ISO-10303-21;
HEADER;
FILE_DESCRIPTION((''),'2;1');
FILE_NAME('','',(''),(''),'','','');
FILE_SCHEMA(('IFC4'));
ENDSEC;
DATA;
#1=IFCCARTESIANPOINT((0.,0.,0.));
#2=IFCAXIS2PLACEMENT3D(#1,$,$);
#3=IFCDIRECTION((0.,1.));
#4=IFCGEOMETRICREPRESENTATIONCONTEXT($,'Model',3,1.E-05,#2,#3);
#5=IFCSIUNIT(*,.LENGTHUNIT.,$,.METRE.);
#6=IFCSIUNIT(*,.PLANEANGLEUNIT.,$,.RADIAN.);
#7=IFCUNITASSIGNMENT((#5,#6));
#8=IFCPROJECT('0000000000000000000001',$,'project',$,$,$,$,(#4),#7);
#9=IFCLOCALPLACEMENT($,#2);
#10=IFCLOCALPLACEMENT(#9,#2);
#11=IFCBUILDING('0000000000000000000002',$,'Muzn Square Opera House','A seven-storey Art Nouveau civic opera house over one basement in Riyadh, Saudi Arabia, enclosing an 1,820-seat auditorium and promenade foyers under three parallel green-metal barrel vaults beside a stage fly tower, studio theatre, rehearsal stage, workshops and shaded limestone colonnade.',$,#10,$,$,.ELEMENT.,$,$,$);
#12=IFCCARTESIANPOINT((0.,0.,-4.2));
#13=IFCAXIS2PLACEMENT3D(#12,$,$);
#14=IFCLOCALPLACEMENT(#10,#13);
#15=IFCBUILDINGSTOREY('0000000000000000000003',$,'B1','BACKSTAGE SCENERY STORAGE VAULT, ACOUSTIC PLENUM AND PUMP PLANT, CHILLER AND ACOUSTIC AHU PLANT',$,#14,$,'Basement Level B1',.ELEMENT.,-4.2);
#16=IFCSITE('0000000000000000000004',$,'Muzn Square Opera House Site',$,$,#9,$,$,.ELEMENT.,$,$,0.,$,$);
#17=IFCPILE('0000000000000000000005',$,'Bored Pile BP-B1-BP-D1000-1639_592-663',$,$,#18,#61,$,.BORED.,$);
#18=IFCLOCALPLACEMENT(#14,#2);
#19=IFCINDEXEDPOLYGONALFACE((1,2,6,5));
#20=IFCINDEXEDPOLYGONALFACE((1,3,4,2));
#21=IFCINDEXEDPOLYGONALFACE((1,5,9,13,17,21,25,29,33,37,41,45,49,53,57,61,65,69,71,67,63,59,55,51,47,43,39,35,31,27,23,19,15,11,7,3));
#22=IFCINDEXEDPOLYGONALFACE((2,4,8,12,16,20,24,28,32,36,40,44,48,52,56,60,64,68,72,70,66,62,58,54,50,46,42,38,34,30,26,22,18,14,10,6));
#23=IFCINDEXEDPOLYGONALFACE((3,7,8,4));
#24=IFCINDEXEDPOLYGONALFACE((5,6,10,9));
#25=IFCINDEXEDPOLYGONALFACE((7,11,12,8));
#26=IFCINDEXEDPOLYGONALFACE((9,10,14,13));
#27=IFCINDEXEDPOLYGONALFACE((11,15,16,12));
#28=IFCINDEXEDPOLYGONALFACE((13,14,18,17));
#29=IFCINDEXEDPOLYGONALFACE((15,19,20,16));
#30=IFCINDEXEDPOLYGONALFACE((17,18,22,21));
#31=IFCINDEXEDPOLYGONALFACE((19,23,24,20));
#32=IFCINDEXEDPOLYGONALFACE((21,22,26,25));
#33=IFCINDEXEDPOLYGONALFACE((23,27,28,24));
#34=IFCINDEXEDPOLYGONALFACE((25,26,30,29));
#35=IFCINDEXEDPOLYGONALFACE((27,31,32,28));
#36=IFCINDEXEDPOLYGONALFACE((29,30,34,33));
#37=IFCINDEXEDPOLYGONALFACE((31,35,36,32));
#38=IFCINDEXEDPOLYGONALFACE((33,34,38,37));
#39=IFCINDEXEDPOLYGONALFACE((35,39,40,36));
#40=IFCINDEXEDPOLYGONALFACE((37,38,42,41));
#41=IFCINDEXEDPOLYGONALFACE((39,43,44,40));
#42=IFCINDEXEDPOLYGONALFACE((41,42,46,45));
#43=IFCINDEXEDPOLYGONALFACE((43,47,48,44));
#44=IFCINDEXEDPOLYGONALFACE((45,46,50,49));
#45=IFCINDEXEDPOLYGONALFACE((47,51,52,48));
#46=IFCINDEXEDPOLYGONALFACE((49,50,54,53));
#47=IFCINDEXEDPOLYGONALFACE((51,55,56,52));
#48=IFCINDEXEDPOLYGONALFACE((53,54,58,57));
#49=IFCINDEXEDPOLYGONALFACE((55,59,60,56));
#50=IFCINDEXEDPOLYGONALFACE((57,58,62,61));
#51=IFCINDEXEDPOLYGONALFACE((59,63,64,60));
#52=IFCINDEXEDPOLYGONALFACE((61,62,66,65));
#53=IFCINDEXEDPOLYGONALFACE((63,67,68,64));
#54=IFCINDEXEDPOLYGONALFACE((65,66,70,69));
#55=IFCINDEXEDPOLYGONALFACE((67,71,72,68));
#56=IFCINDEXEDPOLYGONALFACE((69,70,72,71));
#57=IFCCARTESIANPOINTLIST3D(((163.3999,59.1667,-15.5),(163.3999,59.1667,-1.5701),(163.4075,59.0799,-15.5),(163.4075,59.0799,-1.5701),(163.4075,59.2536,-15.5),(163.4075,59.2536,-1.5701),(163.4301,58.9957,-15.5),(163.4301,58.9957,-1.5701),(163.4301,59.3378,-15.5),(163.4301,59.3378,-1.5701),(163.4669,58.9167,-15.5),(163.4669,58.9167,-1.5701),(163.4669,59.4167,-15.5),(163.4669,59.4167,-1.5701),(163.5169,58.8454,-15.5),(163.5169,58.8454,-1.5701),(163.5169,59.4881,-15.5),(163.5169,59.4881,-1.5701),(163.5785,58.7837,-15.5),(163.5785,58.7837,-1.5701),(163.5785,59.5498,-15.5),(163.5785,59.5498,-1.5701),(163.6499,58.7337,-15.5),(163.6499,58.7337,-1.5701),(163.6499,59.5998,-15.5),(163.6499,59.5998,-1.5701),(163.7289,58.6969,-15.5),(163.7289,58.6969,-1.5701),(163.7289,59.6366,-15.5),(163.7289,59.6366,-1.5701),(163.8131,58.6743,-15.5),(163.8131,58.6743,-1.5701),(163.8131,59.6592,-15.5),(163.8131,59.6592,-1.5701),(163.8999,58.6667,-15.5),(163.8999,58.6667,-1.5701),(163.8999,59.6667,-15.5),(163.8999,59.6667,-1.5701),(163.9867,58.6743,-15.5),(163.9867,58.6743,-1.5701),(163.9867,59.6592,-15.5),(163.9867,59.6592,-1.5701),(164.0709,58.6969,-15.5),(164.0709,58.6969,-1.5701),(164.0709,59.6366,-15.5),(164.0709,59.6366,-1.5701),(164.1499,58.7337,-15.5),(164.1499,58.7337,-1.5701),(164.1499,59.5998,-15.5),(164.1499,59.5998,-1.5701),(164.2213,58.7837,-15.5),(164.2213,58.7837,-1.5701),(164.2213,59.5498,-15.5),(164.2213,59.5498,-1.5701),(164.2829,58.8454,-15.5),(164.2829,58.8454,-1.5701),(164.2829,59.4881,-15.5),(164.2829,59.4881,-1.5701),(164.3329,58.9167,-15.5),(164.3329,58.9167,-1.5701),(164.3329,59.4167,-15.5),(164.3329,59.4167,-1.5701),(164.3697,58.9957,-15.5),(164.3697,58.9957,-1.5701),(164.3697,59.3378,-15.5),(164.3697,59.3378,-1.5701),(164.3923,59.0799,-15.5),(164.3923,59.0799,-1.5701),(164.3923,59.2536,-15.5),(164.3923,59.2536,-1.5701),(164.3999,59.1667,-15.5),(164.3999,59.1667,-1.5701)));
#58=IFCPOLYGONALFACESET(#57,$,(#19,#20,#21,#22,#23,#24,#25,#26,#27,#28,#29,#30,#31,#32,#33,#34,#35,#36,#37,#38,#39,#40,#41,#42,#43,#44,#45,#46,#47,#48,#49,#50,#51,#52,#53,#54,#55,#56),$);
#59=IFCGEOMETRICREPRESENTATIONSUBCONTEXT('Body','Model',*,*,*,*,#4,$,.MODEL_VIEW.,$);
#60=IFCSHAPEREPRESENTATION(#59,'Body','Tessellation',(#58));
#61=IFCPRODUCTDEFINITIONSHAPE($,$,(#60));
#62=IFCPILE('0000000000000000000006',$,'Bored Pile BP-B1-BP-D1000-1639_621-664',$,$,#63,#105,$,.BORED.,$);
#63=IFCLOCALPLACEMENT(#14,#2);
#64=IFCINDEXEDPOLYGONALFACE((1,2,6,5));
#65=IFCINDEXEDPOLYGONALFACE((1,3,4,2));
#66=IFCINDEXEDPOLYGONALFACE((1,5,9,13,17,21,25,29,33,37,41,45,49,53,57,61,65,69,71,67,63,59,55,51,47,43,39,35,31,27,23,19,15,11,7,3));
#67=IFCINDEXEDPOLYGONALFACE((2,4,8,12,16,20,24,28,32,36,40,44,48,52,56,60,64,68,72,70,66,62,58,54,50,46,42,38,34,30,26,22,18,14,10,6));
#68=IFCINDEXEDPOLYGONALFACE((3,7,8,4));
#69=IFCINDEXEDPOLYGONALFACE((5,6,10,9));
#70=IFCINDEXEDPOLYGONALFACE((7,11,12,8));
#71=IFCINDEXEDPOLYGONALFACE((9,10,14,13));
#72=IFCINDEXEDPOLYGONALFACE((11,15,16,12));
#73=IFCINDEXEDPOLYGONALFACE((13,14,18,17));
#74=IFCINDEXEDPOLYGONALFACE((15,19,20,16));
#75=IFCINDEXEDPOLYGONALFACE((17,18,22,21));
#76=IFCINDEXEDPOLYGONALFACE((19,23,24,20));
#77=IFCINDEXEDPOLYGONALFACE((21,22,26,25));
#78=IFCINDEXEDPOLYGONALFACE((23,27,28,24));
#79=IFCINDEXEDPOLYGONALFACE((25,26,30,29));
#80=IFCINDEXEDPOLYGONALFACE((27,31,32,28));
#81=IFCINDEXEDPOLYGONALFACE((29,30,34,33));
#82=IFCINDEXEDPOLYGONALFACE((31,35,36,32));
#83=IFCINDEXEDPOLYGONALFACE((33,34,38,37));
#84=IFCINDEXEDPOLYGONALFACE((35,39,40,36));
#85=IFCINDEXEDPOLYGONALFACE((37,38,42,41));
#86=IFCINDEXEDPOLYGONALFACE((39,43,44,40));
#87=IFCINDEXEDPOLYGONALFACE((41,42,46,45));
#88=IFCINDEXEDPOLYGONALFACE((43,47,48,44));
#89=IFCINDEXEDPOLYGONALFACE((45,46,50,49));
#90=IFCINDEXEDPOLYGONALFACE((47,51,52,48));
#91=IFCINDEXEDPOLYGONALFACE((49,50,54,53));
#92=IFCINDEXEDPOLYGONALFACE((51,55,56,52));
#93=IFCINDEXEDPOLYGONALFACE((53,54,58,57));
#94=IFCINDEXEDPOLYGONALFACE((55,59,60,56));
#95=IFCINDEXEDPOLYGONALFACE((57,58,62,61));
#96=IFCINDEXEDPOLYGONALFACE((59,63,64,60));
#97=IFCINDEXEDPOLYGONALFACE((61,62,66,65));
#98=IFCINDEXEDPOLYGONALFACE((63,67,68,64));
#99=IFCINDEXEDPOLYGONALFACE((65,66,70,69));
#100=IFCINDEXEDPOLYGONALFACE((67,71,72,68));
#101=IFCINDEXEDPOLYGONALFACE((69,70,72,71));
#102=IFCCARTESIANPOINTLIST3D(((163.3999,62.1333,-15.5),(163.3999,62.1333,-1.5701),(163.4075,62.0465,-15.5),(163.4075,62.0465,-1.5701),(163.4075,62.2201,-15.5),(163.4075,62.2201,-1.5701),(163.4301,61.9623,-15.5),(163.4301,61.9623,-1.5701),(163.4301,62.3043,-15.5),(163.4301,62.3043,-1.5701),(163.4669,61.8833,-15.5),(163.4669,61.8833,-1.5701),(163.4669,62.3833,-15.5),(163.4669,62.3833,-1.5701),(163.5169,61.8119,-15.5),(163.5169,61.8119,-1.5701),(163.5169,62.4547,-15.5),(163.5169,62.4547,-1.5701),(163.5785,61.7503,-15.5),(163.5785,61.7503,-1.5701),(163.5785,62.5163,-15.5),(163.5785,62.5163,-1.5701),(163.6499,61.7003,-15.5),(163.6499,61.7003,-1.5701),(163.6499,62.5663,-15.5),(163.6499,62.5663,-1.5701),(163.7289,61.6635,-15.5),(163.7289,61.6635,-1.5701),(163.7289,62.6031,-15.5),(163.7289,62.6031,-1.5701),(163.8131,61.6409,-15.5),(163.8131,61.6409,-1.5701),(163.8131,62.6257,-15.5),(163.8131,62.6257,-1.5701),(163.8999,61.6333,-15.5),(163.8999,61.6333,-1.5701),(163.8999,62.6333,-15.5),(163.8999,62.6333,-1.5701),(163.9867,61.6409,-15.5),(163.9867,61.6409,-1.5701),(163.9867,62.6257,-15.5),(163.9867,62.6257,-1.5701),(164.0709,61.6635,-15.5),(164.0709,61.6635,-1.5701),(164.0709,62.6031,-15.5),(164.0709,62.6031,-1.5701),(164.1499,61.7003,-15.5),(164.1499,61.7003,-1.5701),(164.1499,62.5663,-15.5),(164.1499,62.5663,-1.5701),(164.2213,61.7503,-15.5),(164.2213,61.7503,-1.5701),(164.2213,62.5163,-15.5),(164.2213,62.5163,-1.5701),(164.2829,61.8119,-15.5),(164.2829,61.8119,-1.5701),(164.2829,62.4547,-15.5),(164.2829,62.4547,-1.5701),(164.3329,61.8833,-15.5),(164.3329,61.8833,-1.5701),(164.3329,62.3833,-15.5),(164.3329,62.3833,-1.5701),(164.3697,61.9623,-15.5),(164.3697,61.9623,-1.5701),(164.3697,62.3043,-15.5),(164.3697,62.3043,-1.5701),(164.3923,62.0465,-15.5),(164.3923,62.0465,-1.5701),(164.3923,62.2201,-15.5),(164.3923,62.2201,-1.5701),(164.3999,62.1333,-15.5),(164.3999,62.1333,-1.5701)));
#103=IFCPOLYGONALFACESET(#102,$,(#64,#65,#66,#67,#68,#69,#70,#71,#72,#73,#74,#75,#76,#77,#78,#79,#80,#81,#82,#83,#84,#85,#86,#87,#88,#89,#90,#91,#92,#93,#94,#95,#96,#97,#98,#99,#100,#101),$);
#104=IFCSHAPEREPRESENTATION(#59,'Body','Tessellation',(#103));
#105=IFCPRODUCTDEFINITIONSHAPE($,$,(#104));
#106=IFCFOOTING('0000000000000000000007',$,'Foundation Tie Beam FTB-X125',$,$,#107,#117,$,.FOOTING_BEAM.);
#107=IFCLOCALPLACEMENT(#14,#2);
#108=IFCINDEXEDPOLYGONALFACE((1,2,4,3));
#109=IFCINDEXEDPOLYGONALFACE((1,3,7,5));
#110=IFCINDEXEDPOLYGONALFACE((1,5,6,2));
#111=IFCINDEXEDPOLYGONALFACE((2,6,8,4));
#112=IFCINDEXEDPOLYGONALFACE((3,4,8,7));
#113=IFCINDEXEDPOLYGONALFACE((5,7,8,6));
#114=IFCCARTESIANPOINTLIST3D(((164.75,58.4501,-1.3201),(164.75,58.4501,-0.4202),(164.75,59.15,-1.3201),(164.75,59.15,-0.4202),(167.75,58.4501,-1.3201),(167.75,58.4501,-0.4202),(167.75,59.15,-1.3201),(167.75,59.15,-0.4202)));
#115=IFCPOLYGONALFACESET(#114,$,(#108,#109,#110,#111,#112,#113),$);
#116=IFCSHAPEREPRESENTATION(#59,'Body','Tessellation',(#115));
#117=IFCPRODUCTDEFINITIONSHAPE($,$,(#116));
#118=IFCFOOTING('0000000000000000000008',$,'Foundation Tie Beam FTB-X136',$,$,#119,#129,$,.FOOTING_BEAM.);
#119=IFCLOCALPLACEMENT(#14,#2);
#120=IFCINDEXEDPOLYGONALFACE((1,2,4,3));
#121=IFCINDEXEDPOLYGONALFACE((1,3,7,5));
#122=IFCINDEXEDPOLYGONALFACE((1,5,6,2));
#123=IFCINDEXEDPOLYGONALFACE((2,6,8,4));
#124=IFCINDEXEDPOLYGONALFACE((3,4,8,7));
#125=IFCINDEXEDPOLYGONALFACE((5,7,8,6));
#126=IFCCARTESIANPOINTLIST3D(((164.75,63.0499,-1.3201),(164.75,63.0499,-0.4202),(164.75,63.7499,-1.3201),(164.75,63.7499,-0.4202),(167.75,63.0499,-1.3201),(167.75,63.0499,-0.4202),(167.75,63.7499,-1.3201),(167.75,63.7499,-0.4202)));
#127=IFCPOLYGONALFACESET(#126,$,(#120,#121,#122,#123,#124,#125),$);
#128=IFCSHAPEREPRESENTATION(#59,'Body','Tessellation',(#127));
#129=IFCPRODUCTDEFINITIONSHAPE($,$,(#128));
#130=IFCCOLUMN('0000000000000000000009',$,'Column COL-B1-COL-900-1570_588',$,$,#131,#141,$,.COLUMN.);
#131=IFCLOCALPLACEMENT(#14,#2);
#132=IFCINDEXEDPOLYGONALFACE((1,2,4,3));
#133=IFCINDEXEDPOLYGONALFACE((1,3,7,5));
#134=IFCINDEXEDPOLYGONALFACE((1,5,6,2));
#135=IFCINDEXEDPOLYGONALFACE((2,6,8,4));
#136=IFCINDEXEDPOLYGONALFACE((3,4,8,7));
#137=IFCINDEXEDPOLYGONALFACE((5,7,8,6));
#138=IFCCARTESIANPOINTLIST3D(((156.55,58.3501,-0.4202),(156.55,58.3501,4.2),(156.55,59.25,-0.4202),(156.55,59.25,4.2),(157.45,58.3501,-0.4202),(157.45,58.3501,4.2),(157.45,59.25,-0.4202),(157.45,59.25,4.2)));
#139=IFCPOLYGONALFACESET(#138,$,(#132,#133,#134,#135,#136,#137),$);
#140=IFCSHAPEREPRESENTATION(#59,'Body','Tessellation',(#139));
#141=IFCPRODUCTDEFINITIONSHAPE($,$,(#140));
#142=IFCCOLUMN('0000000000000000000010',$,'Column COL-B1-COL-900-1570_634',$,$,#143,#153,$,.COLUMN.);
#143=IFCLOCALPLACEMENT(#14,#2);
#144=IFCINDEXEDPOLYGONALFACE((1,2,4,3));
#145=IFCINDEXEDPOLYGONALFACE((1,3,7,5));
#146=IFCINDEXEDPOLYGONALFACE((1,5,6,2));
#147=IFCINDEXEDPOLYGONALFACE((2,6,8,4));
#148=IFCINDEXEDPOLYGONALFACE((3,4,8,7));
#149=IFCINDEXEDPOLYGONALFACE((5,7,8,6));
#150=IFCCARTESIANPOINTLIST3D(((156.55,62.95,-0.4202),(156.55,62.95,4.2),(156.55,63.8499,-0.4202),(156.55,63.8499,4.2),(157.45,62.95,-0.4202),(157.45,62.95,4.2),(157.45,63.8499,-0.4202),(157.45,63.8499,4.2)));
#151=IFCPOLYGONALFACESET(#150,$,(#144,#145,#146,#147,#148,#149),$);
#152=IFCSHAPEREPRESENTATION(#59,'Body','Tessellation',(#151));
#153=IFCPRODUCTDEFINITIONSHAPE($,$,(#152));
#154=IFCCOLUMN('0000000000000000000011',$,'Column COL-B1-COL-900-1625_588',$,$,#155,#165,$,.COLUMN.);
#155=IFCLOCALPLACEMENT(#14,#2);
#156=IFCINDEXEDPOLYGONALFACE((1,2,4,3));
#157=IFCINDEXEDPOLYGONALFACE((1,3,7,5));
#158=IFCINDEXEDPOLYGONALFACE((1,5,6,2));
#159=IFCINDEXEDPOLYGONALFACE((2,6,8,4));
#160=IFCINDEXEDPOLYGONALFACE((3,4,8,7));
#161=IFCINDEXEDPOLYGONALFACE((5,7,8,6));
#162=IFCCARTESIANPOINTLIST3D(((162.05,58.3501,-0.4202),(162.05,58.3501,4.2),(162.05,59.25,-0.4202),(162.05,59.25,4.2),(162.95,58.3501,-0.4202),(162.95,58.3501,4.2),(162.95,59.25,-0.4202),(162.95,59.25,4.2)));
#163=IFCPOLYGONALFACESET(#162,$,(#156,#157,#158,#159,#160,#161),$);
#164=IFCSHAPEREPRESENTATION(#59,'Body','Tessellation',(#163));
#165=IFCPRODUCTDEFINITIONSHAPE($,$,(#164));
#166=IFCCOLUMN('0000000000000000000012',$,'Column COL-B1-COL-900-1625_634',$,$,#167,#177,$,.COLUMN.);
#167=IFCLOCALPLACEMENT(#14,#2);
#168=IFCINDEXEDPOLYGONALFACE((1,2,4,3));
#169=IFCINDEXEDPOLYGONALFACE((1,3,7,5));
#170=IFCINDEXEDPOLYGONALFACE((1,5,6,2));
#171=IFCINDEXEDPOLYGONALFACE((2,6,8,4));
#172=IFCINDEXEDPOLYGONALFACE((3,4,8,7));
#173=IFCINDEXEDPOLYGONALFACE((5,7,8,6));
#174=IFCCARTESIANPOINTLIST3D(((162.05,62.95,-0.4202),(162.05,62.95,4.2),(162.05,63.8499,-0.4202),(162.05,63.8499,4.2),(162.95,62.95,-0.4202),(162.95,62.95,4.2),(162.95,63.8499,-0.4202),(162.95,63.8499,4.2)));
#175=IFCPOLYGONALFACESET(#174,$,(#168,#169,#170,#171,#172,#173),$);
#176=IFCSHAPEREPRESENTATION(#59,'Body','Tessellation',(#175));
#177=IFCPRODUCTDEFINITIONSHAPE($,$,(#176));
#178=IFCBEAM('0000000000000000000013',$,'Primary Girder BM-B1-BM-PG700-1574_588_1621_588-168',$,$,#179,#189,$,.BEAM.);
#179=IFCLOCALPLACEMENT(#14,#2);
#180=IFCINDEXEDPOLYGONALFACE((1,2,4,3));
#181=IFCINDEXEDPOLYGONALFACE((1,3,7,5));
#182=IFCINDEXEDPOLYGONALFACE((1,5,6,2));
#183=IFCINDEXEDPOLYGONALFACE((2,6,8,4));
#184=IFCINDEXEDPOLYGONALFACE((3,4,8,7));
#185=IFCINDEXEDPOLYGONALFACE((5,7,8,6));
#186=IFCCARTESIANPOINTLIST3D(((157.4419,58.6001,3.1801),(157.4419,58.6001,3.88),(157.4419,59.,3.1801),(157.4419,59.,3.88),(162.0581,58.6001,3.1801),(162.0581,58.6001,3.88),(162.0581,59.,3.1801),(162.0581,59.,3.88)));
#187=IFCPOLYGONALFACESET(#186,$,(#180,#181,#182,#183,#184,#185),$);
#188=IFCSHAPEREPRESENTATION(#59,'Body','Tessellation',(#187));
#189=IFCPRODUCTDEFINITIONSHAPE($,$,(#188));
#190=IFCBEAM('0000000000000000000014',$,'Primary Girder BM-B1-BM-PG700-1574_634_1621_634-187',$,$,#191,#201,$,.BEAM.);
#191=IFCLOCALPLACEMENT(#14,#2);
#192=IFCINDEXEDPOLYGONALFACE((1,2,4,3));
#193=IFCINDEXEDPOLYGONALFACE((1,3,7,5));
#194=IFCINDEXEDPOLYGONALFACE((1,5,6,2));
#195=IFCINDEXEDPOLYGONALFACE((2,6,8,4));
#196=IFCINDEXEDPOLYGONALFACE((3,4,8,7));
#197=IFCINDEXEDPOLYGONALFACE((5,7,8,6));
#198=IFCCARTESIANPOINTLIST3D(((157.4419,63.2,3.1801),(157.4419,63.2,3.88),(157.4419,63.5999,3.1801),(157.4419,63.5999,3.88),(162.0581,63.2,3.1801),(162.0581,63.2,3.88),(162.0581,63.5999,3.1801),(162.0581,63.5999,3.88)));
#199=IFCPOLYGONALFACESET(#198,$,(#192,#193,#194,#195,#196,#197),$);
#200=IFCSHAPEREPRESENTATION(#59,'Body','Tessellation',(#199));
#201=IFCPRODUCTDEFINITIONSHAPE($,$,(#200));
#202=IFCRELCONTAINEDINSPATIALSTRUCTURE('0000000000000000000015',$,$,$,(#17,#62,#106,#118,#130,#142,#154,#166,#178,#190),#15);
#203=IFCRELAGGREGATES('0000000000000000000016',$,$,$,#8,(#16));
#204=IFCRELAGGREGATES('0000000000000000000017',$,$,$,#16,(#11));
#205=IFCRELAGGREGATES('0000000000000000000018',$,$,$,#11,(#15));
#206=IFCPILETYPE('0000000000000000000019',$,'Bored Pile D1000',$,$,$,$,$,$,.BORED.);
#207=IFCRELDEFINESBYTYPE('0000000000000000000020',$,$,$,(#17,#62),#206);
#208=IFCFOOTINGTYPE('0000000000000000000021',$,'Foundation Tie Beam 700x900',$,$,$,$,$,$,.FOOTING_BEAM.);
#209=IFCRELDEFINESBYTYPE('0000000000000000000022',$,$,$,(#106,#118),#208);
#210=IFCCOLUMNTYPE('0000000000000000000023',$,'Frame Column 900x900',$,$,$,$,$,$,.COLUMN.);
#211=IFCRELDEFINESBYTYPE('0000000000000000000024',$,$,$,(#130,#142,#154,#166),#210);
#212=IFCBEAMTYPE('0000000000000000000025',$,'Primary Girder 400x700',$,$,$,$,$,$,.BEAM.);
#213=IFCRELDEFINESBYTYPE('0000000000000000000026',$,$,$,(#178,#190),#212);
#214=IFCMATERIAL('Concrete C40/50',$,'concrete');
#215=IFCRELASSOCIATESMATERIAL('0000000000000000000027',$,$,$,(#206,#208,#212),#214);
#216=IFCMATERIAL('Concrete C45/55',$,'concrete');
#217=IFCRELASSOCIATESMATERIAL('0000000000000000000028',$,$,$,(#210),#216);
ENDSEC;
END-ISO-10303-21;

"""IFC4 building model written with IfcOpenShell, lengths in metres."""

from ifc_helpers import new_model, si_unit, direction, frame, origin, origin_2d, place, context, subcontext, project, spatial, rectangle, circle, extrude, material, material_profile, profile_set, type_object, element, save


model = new_model("IFC4")

# Units and contexts
model_context = context("Model", 3, precision=1e-05, world=origin(), true_north=direction((0.0, 1.0)))
body_context = subcontext(model_context, "Body", "Model", "MODEL_VIEW")
ifc_project = project(units=[si_unit("LENGTHUNIT", "METRE"), si_unit("PLANEANGLEUNIT", "RADIAN")], contexts=[model_context])

# Site, building, storey
site_placement = place(None, origin())
site = spatial("IfcSite", under=ifc_project, at=site_placement, Name="Muzn Square Opera House Site", CompositionType="ELEMENT", RefElevation=0.0)
building_placement = place(site_placement, origin())
building = spatial("IfcBuilding", under=site, at=building_placement, Name="Muzn Square Opera House", Description="A seven-storey Art Nouveau civic opera house over one basement in Riyadh, Saudi Arabia, enclosing an 1,820-seat auditorium and promenade foyers under three parallel green-metal barrel vaults beside a stage fly tower, studio theatre, rehearsal stage, workshops and shaded limestone colonnade.", CompositionType="ELEMENT")
storey_placement = place(building_placement, frame((0.0, 0.0, -4.2)))
storey = spatial("IfcBuildingStorey", under=building, at=storey_placement, Name="B1", Description="BACKSTAGE SCENERY STORAGE VAULT, ACOUSTIC PLENUM AND PUMP PLANT, CHILLER AND ACOUSTIC AHU PLANT", LongName="Basement Level B1", CompositionType="ELEMENT", Elevation=-4.2)

# Piles
ifc_material_1 = material(Name="Concrete C40/50", Category="concrete")
ifc_material_profile_1 = material_profile(ifc_material_1, circle(Radius=0.5, at=origin_2d()), Name="BORED PILE D1000", Category="concrete")
ifc_profile_set_1 = profile_set([ifc_material_profile_1], Name="Concrete C40/50")
pile_type = type_object("IfcPileType", Name="Bored Pile D1000", PredefinedType="BORED", material=ifc_profile_set_1)
for number, where, z_axis, x_axis, name in (
    (1, (163.8999, 59.1667, -1.5701), (0.0, 0.0, -1.0), (1.0, 0.0, 0.0), "Bored Pile BP-B1-BP-D1000-1639_592-663"),
    (2, (163.8999, 62.1333, -1.5701), (0.0, 0.0, -1.0), (1.0, 0.0, 0.0), "Bored Pile BP-B1-BP-D1000-1639_621-664"),
):
    element("IfcPile", number, at=place(storey_placement, frame(where, z_axis=z_axis, x_axis=x_axis)), inside=storey, type_object=pile_type, Name=name, PredefinedType="BORED", context=body_context, shape_type="SweptSolid", body=[
        extrude(circle(Radius=0.5, at=origin_2d()), origin(), (0.0, 0.0, 1.0), 13.9299),
    ])

# Footings
ifc_material_profile_2 = material_profile(ifc_material_1, rectangle(XDim=0.7, YDim=0.8999, at=origin_2d()), Name="RCTB 700x900", Category="concrete")
ifc_profile_set_2 = profile_set([ifc_material_profile_2], Name="Concrete C40/50")
footing_type = type_object("IfcFootingType", Name="Foundation Tie Beam 700x900", PredefinedType="FOOTING_BEAM", material=ifc_profile_set_2)
for number, where, z_axis, x_axis, name in (
    (3, (164.75, 58.8, -0.8701), (1.0, 0.0, 0.0), (0.0, 1.0, 0.0), "Foundation Tie Beam FTB-X125"),
    (4, (164.75, 63.3999, -0.8701), (1.0, 0.0, 0.0), (0.0, 1.0, 0.0), "Foundation Tie Beam FTB-X136"),
):
    element("IfcFooting", number, at=place(storey_placement, frame(where, z_axis=z_axis, x_axis=x_axis)), inside=storey, type_object=footing_type, Name=name, PredefinedType="FOOTING_BEAM", context=body_context, shape_type="SweptSolid", body=[
        extrude(rectangle(XDim=0.7, YDim=0.8999, at=origin_2d()), origin(), (0.0, 0.0, 1.0), 3.0),
    ])

# Columns
ifc_material_2 = material(Name="Concrete C45/55", Category="concrete")
ifc_material_profile_3 = material_profile(ifc_material_2, rectangle(XDim=0.8999, YDim=0.8999, at=origin_2d()), Name="RC 900x900", Category="concrete")
ifc_profile_set_3 = profile_set([ifc_material_profile_3], Name="Concrete C45/55")
column_type = type_object("IfcColumnType", Name="Frame Column 900x900", PredefinedType="COLUMN", material=ifc_profile_set_3)
for number, where, z_axis, x_axis, name in (
    (5, (157.0, 58.8, -0.4202), (0.0, 0.0, 1.0), (1.0, 0.0, 0.0), "Column COL-B1-COL-900-1570_588"),
    (6, (157.0, 63.3999, -0.4202), (0.0, 0.0, 1.0), (1.0, 0.0, 0.0), "Column COL-B1-COL-900-1570_634"),
    (7, (162.5, 58.8, -0.4202), (0.0, 0.0, 1.0), (1.0, 0.0, 0.0), "Column COL-B1-COL-900-1625_588"),
    (8, (162.5, 63.3999, -0.4202), (0.0, 0.0, 1.0), (1.0, 0.0, 0.0), "Column COL-B1-COL-900-1625_634"),
):
    element("IfcColumn", number, at=place(storey_placement, frame(where, z_axis=z_axis, x_axis=x_axis)), inside=storey, type_object=column_type, Name=name, PredefinedType="COLUMN", context=body_context, shape_type="SweptSolid", body=[
        extrude(rectangle(XDim=0.8999, YDim=0.8999, at=origin_2d()), origin(), (0.0, 0.0, 1.0), 4.6201),
    ])

# Beams
ifc_material_profile_4 = material_profile(ifc_material_1, rectangle(XDim=0.3999, YDim=0.7, at=origin_2d()), Name="RCB 400x700", Category="concrete")
ifc_profile_set_4 = profile_set([ifc_material_profile_4], Name="Concrete C40/50")
beam_type_1 = type_object("IfcBeamType", Name="Primary Girder 400x700", PredefinedType="BEAM", material=ifc_profile_set_4)
for number, where, z_axis, x_axis, name in (
    (9, (157.4419, 58.8, 3.53), (1.0, 0.0, 0.0), (0.0, 1.0, 0.0), "Primary Girder BM-B1-BM-PG700-1574_588_1621_588-168"),
    (10, (157.4419, 63.3999, 3.53), (1.0, 0.0, 0.0), (0.0, 1.0, 0.0), "Primary Girder BM-B1-BM-PG700-1574_634_1621_634-187"),
):
    element("IfcBeam", number, at=place(storey_placement, frame(where, z_axis=z_axis, x_axis=x_axis)), inside=storey, type_object=beam_type_1, Name=name, PredefinedType="BEAM", context=body_context, shape_type="SweptSolid", body=[
        extrude(rectangle(XDim=0.3999, YDim=0.7, at=origin_2d()), origin(), (0.0, 0.0, 1.0), 4.6162),
    ])

save(model, "model.ifc")
